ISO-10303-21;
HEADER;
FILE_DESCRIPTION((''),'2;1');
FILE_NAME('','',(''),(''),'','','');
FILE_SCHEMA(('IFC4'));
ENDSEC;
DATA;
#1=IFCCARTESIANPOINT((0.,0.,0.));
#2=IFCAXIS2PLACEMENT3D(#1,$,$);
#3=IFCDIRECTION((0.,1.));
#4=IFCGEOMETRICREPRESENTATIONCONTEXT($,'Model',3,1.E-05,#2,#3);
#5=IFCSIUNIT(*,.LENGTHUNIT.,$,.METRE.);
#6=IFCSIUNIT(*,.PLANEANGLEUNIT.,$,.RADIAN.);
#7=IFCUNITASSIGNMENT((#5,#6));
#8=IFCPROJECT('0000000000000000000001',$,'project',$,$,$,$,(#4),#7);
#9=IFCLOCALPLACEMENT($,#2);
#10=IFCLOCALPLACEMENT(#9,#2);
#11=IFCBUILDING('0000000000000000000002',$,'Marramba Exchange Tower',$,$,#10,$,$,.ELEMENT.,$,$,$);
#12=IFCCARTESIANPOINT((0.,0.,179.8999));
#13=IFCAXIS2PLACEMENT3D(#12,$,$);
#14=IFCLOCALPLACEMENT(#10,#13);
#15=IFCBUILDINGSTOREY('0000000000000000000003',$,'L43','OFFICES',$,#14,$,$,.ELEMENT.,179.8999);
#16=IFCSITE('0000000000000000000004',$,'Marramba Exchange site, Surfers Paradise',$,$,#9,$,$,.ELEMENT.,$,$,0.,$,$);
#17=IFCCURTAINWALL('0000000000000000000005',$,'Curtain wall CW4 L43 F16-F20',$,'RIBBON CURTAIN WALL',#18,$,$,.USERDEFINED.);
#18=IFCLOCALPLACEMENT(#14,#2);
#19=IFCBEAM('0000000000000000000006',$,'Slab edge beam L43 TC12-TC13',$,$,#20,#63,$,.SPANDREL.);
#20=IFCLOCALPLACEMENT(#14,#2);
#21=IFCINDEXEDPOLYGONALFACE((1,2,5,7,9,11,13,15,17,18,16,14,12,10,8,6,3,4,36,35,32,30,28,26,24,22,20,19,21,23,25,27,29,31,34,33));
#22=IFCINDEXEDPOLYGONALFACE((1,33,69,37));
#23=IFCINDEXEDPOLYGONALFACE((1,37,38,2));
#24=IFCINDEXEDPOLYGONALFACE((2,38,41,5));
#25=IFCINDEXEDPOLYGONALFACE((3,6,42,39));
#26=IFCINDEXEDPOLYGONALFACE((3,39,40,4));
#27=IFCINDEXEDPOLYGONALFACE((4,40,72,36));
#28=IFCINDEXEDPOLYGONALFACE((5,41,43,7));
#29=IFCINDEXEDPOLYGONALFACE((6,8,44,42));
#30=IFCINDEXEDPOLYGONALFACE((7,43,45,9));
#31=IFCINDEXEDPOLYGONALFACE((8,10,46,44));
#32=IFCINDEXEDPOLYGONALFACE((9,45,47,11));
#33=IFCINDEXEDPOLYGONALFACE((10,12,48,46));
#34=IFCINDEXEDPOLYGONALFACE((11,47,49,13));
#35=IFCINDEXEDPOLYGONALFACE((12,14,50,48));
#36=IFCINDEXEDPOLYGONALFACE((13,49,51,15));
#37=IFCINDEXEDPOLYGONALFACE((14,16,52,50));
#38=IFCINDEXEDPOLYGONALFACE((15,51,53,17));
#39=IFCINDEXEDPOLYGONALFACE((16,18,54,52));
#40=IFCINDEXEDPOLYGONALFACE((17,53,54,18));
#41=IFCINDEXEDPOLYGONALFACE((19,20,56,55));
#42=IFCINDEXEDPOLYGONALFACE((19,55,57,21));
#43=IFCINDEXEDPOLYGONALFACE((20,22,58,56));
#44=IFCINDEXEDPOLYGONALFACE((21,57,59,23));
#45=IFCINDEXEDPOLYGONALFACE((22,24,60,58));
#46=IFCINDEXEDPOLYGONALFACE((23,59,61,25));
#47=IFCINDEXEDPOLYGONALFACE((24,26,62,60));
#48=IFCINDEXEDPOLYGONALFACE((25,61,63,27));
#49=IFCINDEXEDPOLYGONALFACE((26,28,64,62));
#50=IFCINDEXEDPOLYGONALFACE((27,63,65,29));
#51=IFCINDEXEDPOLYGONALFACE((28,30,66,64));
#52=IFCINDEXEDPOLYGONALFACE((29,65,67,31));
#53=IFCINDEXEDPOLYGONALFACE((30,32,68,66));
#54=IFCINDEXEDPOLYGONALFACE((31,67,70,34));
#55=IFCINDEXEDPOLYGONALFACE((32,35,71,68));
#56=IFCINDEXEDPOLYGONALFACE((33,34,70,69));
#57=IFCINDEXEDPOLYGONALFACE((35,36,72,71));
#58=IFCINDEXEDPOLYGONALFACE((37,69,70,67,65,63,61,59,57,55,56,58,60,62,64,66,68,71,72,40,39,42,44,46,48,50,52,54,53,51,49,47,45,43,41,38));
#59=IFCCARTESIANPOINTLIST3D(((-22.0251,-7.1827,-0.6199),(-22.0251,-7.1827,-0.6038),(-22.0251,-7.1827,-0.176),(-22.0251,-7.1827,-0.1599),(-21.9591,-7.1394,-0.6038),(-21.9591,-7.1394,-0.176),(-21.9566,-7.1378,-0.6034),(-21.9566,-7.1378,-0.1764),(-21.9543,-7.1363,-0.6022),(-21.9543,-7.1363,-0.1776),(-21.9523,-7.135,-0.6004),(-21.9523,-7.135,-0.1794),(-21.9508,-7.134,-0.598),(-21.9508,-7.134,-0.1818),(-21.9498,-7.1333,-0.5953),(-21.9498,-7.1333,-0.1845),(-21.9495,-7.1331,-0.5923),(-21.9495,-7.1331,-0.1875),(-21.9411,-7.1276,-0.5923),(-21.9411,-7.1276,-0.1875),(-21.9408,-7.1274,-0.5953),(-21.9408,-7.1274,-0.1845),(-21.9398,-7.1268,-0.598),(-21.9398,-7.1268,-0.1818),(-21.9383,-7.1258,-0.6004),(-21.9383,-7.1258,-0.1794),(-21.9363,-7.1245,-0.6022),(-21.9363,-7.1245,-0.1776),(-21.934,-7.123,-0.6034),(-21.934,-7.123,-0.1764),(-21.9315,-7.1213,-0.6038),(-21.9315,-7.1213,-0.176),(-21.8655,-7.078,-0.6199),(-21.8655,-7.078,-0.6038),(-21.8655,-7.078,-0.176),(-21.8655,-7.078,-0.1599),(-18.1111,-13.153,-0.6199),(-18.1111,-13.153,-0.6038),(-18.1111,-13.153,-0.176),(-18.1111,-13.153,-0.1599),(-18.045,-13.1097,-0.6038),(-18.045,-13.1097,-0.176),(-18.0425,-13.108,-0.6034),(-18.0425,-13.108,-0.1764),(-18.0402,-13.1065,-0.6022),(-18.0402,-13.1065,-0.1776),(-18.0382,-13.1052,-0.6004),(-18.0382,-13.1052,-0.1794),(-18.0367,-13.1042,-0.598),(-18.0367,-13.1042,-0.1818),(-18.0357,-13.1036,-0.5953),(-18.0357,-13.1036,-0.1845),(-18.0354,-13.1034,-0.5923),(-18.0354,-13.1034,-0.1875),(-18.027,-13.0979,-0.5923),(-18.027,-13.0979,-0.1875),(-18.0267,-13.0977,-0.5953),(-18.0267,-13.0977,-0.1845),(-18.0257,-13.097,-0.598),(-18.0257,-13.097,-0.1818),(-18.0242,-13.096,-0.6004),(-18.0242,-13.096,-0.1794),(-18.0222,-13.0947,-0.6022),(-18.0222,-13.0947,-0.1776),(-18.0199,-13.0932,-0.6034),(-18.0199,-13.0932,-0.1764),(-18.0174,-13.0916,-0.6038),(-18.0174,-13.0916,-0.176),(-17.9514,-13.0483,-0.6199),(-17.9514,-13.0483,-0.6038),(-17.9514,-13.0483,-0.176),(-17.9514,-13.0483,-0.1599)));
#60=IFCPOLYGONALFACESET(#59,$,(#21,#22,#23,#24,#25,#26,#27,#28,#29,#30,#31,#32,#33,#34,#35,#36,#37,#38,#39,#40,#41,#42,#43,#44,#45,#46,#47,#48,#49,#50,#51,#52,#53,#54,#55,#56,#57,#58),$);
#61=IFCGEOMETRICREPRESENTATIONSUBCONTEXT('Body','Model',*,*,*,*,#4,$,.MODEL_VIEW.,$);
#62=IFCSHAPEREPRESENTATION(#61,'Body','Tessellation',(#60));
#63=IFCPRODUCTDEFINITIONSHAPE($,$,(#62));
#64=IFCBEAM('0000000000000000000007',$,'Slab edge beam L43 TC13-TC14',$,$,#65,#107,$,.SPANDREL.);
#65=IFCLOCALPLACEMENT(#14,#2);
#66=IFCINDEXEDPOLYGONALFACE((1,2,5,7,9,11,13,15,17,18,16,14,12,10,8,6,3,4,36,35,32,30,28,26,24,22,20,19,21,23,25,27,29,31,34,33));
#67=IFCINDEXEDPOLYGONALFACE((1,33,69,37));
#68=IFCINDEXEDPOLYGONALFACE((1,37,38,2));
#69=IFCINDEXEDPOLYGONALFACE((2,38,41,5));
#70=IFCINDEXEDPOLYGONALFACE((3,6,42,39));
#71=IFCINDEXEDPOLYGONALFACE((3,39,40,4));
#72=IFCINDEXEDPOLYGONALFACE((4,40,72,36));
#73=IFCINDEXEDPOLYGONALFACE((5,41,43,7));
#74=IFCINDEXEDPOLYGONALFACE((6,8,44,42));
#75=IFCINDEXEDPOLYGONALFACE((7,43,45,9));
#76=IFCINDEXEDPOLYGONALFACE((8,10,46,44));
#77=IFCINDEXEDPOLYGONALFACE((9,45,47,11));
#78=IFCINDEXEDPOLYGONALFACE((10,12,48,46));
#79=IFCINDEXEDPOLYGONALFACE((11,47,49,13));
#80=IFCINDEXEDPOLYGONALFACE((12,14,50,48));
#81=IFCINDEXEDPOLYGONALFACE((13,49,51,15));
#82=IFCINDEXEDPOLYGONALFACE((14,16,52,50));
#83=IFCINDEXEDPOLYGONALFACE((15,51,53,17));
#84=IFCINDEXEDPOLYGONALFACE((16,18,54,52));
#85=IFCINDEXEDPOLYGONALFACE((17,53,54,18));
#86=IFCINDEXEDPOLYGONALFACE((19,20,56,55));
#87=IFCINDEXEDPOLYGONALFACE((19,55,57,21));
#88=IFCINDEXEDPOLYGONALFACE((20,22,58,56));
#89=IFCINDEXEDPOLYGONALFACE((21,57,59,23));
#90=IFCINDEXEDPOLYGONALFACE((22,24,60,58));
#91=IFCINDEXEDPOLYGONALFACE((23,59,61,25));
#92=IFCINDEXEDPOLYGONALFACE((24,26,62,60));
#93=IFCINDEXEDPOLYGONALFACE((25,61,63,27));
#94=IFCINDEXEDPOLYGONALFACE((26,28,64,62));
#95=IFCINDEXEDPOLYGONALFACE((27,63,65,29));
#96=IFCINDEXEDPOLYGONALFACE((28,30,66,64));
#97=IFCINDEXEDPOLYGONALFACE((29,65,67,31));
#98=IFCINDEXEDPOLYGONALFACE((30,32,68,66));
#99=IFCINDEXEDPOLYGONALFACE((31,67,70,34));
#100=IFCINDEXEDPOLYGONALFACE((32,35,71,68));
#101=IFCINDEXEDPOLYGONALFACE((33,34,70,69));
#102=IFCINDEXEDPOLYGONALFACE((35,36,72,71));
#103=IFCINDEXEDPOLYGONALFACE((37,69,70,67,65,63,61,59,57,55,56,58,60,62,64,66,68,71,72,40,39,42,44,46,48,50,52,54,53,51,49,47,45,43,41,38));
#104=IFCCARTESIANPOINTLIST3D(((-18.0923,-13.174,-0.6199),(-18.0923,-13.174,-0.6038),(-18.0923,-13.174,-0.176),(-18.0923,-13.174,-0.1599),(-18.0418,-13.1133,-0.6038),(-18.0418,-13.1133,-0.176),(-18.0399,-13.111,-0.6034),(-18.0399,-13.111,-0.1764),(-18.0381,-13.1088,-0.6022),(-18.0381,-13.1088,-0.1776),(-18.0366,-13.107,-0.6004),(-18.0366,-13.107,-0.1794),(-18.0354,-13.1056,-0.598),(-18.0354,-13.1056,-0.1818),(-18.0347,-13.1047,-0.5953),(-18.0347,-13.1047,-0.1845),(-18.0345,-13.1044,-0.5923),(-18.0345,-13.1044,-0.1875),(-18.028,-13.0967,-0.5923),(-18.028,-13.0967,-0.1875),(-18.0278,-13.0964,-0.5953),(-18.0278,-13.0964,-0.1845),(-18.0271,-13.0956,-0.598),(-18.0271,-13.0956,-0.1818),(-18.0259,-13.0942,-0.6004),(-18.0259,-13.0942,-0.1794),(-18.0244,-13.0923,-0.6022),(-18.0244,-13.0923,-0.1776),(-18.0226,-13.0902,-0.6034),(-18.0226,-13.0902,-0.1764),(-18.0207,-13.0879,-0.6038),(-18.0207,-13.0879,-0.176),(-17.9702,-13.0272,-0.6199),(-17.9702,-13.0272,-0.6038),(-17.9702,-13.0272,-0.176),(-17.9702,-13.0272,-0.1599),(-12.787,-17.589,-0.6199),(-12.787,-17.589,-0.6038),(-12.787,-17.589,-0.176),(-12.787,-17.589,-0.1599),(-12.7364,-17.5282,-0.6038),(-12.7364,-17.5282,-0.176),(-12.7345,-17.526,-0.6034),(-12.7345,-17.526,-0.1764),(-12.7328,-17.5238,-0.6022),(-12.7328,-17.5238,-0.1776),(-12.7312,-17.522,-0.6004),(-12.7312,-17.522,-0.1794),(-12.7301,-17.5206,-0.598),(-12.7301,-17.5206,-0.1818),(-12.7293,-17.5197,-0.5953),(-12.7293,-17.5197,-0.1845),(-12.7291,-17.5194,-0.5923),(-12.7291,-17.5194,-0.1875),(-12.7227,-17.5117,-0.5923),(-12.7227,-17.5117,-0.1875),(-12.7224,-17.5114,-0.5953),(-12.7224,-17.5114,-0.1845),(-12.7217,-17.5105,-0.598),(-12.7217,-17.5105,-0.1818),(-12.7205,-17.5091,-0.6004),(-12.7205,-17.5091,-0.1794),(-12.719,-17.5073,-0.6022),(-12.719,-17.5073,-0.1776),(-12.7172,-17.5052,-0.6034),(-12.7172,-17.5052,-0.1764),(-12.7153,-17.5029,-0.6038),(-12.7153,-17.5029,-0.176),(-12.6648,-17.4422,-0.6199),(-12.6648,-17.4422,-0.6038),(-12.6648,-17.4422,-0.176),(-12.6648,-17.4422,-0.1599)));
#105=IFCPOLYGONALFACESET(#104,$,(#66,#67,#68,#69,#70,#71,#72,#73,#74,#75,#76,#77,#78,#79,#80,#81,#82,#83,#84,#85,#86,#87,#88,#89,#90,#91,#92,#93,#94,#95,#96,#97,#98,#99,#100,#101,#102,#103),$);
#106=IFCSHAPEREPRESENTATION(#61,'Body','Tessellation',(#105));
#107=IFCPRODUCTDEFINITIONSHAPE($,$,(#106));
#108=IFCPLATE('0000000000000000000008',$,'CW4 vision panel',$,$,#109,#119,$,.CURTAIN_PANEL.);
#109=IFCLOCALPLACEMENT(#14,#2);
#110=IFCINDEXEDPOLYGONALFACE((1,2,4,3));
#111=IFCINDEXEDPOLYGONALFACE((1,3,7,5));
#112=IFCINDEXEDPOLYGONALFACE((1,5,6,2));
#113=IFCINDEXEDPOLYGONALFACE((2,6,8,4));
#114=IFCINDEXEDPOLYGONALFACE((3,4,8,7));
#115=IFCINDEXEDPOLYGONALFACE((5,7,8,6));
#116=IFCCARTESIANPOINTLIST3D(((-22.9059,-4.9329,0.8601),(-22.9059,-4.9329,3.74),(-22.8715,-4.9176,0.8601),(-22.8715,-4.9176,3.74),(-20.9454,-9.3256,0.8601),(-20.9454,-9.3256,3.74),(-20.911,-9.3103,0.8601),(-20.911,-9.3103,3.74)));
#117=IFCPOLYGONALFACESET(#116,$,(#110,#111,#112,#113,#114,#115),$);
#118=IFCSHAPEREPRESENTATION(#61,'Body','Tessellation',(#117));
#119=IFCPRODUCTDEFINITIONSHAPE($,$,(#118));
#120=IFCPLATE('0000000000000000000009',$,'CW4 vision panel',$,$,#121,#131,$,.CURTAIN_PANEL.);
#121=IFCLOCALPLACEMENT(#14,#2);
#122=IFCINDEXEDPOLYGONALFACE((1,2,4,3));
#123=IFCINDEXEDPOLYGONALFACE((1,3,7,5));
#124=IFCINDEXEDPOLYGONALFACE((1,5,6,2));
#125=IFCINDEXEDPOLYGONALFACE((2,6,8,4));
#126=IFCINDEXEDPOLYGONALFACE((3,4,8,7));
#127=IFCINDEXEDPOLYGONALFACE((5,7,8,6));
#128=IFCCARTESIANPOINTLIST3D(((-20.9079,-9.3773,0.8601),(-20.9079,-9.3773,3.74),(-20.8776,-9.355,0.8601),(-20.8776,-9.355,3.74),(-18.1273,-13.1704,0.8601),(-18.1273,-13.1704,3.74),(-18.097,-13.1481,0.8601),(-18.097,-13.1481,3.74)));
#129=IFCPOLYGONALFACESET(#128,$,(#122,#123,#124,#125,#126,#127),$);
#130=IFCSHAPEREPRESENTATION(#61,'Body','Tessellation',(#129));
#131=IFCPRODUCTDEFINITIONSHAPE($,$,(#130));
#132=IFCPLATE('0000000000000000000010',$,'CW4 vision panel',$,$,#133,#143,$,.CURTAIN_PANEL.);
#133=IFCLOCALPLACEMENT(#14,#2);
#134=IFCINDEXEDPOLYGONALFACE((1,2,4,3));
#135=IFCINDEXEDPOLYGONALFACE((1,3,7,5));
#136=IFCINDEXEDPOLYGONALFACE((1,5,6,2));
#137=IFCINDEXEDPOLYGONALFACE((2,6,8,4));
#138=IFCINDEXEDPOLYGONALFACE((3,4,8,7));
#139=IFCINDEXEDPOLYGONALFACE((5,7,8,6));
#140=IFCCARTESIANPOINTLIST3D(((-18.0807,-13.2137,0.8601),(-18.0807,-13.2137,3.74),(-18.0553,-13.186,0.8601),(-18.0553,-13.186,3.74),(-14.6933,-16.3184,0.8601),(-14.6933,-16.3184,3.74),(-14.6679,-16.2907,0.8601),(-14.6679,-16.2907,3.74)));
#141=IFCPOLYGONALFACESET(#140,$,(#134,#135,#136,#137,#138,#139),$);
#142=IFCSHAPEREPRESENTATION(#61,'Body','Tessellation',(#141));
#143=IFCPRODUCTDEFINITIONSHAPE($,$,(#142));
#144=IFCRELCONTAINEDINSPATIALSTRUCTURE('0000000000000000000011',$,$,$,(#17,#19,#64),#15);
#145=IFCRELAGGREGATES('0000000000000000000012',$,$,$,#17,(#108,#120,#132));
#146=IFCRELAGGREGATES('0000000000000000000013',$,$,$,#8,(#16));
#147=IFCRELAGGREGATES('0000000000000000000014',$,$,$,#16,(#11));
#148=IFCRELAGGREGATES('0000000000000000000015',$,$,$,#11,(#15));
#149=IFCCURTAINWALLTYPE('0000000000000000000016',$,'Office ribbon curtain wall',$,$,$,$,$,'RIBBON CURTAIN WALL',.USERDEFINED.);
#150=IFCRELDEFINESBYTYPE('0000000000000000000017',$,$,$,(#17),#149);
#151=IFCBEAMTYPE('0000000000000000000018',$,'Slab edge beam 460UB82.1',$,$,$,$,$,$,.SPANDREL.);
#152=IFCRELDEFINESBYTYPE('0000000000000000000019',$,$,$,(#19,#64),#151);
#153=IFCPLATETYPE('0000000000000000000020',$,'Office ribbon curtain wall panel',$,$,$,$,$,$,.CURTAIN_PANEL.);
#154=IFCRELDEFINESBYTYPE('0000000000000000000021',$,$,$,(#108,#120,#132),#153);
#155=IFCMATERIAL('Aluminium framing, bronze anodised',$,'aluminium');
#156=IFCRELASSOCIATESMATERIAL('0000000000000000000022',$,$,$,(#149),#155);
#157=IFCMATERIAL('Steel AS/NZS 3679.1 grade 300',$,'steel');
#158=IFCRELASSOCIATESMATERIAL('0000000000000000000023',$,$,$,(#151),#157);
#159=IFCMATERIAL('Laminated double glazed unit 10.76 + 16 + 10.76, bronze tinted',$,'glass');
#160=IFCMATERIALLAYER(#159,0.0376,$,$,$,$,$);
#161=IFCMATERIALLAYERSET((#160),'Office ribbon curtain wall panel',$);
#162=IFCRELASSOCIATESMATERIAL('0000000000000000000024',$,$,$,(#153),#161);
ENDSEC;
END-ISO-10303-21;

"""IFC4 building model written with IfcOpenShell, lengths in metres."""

from ifc_helpers import new_model, si_unit, direction, frame, origin, origin_2d, place, context, subcontext, project, spatial, rectangle, i_section, extrude, material, layer, layer_set, material_profile, profile_set, type_object, element, aggregate, save


model = new_model("IFC4")

# Units and contexts
model_context = context("Model", 3, precision=1e-05, world=origin(), true_north=direction((0.0, 1.0)))
body_context = subcontext(model_context, "Body", "Model", "MODEL_VIEW")
ifc_project = project(units=[si_unit("LENGTHUNIT", "METRE"), si_unit("PLANEANGLEUNIT", "RADIAN")], contexts=[model_context])

# Site, building, storey
site_placement = place(None, origin())
site = spatial("IfcSite", under=ifc_project, at=site_placement, Name="Marramba Exchange site, Surfers Paradise", CompositionType="ELEMENT", RefElevation=0.0)
building_placement = place(site_placement, origin())
building = spatial("IfcBuilding", under=site, at=building_placement, Name="Marramba Exchange Tower", CompositionType="ELEMENT")
storey_placement = place(building_placement, frame((0.0, 0.0, 179.8999)))
storey = spatial("IfcBuildingStorey", under=building, at=storey_placement, Name="L43", Description="OFFICES", CompositionType="ELEMENT", Elevation=179.8999)

# Curtain wall
ifc_material_1 = material(Name="Aluminium framing, bronze anodised", Category="aluminium")
curtain_wall_type = type_object("IfcCurtainWallType", Name="Office ribbon curtain wall", ElementType="RIBBON CURTAIN WALL", PredefinedType="USERDEFINED", material=ifc_material_1)
curtain_wall_placement = place(storey_placement, origin())
curtain_wall = element("IfcCurtainWall", 1, at=curtain_wall_placement, inside=storey, type_object=curtain_wall_type, Name="Curtain wall CW4 L43 F16-F20", ObjectType="RIBBON CURTAIN WALL", PredefinedType="USERDEFINED")

# Beams
ifc_material_2 = material(Name="Steel AS/NZS 3679.1 grade 300", Category="steel")
ifc_material_profile_1 = material_profile(ifc_material_2, i_section(OverallWidth=0.1909, OverallDepth=0.46, WebThickness=0.01, FlangeThickness=0.0161, FilletRadius=0.0115, at=origin_2d()), Name="460UB82.1")
ifc_profile_set_1 = profile_set([ifc_material_profile_1], Name="Steel AS/NZS 3679.1 grade 300")
beam_type_1 = type_object("IfcBeamType", Name="Slab edge beam 460UB82.1", PredefinedType="SPANDREL", material=ifc_profile_set_1)
beam_1_placement = place(storey_placement, frame((-21.9453, -7.1304, -0.3899), z_axis=(0.548275, -0.836298, 0.0), x_axis=(0.836298, 0.548275, 0.0)))
element("IfcBeam", 2, at=beam_1_placement, inside=storey, type_object=beam_type_1, Name="Slab edge beam L43 TC12-TC13", PredefinedType="SPANDREL", context=body_context, shape_type="SweptSolid", body=[
    extrude(i_section(OverallWidth=0.1909, OverallDepth=0.46, WebThickness=0.01, FlangeThickness=0.0161, FilletRadius=0.0115, at=origin_2d()), origin(), (0.0, 0.0, 1.0), 7.1389),
])
beam_2_placement = place(storey_placement, frame((-18.0312, -13.1006, -0.3899), z_axis=(0.768659, -0.639659, 0.0), x_axis=(0.639659, 0.768659, 0.0)))
element("IfcBeam", 3, at=beam_2_placement, inside=storey, type_object=beam_type_1, Name="Slab edge beam L43 TC13-TC14", PredefinedType="SPANDREL", context=body_context, shape_type="SweptSolid", body=[
    extrude(i_section(OverallWidth=0.1909, OverallDepth=0.46, WebThickness=0.01, FlangeThickness=0.0161, FilletRadius=0.0115, at=origin_2d()), origin(), (0.0, 0.0, 1.0), 6.9021),
])

# Plates
ifc_material_3 = material(Name="Laminated double glazed unit 10.76 + 16 + 10.76, bronze tinted", Category="glass")
ifc_layer_1 = layer(ifc_material_3, 0.0376)
ifc_layer_set_1 = layer_set([ifc_layer_1], Name="Office ribbon curtain wall panel")
plate_type = type_object("IfcPlateType", Name="Office ribbon curtain wall panel", PredefinedType="CURTAIN_PANEL", material=ifc_layer_set_1)
plate_1_placement = place(storey_placement, frame((-21.9084, -7.1216, 0.8601), z_axis=(0.0, 0.0, 1.0), x_axis=(0.407558, -0.91318, 0.0)))
plate_1 = element("IfcPlate", 4, at=plate_1_placement, type_object=plate_type, Name="CW4 vision panel", PredefinedType="CURTAIN_PANEL", context=body_context, shape_type="SweptSolid", body=[
    extrude(rectangle(XDim=4.8103, YDim=0.0376, at=origin_2d()), origin(), (0.0, 0.0, 1.0), 2.8799),
])
plate_2_placement = place(storey_placement, frame((-19.5024, -11.2627, 0.8601), z_axis=(0.0, 0.0, 1.0), x_axis=(0.591223, -0.806508, 0.0)))
plate_2 = element("IfcPlate", 5, at=plate_2_placement, type_object=plate_type, Name="CW4 vision panel", PredefinedType="CURTAIN_PANEL", context=body_context, shape_type="SweptSolid", body=[
    extrude(rectangle(XDim=4.7031, YDim=0.0376, at=origin_2d()), origin(), (0.0, 0.0, 1.0), 2.8799),
])
plate_3_placement = place(storey_placement, frame((-16.3743, -14.7522, 0.8601), z_axis=(0.0, 0.0, 1.0), x_axis=(0.737203, -0.675671, 0.0)))
plate_3 = element("IfcPlate", 6, at=plate_3_placement, type_object=plate_type, Name="CW4 vision panel", PredefinedType="CURTAIN_PANEL", context=body_context, shape_type="SweptSolid", body=[
    extrude(rectangle(XDim=4.595, YDim=0.0376, at=origin_2d()), origin(), (0.0, 0.0, 1.0), 2.8799),
])
aggregate(curtain_wall, [plate_1, plate_2, plate_3])

save(model, "model.ifc")
